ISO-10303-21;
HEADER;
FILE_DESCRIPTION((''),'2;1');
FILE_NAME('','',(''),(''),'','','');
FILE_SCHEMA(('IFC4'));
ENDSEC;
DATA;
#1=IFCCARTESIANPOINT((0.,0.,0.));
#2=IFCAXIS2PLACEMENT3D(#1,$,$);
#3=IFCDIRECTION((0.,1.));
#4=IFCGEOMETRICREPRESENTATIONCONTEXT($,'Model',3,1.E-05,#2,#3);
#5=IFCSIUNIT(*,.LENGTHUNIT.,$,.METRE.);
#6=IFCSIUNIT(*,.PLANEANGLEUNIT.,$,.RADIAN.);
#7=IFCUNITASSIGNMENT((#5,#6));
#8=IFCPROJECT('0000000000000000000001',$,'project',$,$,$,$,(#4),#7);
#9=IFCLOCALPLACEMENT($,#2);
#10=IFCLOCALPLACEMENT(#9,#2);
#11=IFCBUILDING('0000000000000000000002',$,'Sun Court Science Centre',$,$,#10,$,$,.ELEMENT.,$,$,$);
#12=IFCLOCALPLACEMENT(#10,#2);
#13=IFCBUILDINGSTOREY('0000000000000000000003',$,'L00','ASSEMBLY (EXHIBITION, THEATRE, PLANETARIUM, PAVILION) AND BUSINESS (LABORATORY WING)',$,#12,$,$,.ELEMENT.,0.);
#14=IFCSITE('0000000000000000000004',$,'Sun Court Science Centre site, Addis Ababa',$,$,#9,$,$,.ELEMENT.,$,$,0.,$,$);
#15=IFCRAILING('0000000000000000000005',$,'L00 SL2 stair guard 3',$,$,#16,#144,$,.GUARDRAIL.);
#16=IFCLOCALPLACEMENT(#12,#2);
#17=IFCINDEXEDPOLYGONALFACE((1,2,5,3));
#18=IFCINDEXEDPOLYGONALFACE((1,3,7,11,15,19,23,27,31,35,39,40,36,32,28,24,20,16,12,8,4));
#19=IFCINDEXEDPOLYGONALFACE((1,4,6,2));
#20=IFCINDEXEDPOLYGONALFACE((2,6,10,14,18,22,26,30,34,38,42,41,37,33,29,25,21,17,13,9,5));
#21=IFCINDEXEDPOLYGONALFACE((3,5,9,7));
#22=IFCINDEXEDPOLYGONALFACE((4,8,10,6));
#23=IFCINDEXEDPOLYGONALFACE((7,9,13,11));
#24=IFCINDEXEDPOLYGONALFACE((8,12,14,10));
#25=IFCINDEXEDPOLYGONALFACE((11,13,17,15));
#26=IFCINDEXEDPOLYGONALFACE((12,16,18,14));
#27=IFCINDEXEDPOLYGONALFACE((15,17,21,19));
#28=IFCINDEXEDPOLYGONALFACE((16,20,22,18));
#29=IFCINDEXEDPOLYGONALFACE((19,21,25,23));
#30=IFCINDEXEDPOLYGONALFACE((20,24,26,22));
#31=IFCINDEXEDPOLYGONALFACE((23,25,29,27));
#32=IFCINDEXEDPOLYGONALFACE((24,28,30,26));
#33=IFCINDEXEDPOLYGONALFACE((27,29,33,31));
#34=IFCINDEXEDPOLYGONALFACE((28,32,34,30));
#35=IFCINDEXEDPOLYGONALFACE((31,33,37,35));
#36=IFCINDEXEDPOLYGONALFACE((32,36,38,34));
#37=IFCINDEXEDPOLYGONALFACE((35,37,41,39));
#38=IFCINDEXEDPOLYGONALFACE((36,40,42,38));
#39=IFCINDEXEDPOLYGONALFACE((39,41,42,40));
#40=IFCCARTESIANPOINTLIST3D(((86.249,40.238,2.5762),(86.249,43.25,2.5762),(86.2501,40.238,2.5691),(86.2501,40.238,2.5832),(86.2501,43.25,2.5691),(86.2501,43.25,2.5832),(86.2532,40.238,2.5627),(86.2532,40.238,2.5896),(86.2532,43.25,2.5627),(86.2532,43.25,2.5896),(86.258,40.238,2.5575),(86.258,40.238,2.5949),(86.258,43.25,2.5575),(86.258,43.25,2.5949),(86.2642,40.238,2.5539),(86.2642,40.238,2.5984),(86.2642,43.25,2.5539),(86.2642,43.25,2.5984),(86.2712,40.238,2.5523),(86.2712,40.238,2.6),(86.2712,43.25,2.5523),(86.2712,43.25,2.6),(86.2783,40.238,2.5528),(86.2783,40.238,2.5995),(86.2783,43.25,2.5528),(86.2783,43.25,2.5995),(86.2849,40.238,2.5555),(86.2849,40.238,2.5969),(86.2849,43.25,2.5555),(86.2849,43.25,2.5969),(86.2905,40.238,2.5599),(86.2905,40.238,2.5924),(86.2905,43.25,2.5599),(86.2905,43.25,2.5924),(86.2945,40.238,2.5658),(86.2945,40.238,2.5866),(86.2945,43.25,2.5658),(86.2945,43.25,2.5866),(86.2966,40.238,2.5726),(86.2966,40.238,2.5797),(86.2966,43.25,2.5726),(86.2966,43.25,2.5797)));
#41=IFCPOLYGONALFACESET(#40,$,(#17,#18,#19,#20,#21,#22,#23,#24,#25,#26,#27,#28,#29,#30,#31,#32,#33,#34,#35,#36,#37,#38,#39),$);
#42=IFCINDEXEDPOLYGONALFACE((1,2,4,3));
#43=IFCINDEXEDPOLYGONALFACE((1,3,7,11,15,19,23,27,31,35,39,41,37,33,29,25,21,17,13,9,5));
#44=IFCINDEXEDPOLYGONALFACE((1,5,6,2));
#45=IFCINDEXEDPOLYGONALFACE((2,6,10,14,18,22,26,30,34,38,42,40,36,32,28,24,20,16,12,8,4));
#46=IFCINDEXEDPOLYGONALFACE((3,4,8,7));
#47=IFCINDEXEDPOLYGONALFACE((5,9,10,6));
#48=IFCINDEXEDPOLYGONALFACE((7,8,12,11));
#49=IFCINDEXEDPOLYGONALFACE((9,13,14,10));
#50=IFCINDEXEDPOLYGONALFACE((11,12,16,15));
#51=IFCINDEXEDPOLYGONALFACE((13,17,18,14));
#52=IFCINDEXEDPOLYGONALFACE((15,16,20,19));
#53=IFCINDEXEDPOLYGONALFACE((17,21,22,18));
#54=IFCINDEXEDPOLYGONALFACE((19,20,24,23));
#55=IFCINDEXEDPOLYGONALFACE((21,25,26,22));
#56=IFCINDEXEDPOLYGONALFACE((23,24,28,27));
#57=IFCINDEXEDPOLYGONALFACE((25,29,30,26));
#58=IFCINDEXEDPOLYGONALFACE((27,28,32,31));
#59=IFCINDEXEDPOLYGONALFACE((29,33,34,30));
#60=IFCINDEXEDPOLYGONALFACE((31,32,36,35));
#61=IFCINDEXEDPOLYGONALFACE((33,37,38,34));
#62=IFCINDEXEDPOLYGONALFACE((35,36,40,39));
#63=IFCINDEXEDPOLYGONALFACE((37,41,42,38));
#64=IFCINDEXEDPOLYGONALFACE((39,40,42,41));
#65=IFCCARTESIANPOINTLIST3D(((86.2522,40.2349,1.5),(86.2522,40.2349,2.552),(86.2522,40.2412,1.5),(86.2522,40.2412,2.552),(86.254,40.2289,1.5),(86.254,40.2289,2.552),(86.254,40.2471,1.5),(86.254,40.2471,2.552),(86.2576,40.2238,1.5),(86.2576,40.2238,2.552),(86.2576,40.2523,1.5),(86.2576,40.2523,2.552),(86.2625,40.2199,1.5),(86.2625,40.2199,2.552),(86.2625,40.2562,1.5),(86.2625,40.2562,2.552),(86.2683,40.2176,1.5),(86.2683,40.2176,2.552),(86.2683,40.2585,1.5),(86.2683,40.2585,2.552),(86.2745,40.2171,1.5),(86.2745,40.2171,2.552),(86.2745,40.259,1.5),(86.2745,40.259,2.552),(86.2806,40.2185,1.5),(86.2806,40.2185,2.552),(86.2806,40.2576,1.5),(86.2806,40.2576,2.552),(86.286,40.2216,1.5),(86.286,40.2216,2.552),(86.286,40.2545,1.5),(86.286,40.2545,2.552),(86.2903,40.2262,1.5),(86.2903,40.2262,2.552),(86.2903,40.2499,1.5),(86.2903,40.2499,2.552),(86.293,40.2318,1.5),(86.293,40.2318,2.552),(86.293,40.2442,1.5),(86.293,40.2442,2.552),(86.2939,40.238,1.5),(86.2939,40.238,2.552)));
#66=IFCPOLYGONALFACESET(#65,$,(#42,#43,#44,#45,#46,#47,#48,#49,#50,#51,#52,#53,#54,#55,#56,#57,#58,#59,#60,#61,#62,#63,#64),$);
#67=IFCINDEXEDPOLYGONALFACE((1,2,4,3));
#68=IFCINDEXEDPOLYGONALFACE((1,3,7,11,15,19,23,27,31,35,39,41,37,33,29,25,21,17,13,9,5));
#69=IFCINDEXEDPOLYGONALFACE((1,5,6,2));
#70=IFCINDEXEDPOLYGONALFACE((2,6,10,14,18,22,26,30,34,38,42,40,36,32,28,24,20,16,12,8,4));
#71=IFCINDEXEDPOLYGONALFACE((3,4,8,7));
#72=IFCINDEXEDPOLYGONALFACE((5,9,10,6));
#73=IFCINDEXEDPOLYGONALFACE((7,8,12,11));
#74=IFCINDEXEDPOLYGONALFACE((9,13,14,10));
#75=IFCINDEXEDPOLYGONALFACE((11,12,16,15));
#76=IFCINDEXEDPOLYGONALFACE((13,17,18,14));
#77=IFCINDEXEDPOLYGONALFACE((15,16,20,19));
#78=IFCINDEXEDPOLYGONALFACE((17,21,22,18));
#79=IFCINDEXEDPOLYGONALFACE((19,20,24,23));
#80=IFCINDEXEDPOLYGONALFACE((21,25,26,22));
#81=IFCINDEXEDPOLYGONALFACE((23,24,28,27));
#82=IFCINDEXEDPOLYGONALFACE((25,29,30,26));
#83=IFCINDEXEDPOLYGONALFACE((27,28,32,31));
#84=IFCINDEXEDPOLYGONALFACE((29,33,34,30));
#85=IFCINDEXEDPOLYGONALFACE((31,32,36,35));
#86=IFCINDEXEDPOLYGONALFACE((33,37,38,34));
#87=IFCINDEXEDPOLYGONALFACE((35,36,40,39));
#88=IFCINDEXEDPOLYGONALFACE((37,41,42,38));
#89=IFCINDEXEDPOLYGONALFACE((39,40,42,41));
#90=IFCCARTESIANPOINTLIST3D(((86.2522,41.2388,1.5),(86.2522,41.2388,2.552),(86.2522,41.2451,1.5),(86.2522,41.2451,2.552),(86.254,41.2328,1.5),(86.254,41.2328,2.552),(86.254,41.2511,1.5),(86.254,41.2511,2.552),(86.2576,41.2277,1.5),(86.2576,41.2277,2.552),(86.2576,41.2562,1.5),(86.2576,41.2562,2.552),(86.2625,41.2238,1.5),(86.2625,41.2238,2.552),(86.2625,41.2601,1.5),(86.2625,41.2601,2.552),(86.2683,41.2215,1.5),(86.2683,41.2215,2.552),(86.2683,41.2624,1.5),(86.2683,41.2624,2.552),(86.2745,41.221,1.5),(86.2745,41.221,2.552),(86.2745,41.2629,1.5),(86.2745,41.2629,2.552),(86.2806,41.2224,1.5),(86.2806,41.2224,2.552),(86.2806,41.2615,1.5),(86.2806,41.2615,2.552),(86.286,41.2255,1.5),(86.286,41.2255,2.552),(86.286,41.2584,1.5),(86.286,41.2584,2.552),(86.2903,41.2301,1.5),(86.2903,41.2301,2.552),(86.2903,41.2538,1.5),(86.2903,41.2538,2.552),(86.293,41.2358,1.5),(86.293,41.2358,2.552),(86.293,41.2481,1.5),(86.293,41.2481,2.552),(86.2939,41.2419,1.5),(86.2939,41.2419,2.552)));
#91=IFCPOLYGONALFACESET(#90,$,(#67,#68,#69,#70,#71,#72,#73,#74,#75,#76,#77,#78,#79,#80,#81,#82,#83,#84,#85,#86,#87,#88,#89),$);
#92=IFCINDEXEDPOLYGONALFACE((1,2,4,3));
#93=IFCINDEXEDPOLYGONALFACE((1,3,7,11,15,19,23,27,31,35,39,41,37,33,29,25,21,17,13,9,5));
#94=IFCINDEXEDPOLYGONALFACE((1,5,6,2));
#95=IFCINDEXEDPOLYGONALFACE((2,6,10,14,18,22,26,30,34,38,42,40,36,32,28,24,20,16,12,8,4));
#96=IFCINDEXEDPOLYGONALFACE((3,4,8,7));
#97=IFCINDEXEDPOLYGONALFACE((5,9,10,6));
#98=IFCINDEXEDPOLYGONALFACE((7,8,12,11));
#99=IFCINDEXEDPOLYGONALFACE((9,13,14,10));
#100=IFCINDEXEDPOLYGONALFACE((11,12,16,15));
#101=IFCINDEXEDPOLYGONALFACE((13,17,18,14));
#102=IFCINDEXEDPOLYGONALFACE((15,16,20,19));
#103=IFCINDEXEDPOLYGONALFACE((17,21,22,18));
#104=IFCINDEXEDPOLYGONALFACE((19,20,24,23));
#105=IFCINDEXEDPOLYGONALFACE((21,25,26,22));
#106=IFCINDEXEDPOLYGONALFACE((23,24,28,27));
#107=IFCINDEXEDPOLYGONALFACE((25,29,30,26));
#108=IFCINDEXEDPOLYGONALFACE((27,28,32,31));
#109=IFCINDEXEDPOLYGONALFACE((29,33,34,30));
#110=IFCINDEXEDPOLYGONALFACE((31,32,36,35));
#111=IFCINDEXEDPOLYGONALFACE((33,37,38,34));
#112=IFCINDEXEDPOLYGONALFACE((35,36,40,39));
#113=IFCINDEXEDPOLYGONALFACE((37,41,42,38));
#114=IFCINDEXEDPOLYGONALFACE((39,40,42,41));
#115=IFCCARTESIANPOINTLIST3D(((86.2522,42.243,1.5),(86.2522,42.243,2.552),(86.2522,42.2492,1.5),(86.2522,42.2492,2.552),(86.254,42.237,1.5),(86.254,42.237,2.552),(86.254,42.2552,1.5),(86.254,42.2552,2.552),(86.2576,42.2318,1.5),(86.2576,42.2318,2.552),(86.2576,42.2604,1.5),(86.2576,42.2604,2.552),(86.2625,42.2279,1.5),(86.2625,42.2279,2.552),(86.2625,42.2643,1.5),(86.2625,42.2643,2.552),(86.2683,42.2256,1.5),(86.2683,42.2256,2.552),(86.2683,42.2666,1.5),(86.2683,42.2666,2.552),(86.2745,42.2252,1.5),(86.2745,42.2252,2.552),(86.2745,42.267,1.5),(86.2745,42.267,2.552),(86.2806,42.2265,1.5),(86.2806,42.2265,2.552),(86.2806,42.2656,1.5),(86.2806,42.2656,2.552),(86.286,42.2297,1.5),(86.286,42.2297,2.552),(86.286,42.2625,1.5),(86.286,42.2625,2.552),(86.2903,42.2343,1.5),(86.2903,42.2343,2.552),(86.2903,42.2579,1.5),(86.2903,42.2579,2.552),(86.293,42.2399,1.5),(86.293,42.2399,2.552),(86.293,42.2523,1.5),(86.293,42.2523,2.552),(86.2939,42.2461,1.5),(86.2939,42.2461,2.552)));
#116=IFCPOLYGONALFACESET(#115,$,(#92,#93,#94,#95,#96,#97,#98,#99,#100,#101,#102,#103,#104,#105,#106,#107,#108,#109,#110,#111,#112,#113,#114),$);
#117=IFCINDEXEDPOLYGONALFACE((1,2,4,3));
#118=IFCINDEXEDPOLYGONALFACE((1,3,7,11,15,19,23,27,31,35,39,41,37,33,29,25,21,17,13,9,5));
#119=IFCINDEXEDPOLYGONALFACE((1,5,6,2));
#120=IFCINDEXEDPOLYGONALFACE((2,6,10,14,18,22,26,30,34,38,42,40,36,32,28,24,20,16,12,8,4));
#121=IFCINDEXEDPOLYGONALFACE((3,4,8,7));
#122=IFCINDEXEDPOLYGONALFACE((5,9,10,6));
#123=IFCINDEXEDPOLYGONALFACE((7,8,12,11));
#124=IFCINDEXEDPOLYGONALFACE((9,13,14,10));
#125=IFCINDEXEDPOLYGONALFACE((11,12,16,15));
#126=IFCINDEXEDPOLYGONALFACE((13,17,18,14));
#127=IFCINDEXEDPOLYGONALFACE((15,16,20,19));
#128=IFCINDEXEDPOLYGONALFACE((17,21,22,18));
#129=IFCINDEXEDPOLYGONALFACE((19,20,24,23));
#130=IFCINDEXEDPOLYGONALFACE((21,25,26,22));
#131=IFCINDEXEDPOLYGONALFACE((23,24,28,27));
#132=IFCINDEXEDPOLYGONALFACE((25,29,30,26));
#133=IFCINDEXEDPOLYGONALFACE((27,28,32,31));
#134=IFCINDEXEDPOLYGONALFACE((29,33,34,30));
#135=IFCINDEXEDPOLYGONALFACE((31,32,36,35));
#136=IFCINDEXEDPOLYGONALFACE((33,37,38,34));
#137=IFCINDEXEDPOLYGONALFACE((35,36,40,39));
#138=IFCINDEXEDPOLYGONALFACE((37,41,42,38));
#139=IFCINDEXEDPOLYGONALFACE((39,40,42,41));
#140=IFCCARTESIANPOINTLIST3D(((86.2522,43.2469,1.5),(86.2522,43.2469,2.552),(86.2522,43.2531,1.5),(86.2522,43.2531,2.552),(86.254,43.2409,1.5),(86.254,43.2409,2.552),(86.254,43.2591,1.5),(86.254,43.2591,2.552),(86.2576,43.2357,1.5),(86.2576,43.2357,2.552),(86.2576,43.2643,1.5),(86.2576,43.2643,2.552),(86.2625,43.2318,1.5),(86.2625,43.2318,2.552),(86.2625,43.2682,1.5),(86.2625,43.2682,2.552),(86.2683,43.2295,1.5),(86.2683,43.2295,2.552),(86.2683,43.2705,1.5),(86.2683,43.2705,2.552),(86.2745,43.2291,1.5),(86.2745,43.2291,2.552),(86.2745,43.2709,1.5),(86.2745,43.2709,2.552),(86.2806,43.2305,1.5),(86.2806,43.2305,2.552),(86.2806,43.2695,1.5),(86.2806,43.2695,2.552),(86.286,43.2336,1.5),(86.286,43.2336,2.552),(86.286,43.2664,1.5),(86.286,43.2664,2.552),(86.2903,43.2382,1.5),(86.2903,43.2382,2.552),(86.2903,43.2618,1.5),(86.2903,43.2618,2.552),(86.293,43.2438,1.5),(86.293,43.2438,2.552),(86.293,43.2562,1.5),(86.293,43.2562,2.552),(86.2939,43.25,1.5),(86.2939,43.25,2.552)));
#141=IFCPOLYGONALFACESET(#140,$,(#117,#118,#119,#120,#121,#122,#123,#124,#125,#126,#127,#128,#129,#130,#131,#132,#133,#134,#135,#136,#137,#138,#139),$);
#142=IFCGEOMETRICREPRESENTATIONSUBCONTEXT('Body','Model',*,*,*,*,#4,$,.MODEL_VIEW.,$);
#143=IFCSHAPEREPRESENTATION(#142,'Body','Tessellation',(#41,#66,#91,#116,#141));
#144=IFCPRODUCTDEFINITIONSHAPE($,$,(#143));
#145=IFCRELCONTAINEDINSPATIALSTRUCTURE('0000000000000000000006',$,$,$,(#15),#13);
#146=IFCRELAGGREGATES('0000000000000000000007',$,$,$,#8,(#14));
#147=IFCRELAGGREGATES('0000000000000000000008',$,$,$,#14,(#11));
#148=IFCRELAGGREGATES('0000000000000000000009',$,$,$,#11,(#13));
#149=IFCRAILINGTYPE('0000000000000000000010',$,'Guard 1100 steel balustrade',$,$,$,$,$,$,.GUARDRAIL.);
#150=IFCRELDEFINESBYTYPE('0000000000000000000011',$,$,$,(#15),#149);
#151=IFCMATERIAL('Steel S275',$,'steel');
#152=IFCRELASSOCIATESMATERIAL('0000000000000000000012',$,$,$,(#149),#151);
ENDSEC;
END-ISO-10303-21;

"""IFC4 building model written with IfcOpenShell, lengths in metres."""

from ifc_helpers import new_model, si_unit, direction, frame, origin, origin_2d, place, context, subcontext, project, spatial, circle, extrude, material, type_object, element, save


model = new_model("IFC4")

# Units and contexts
model_context = context("Model", 3, precision=1e-05, world=origin(), true_north=direction((0.0, 1.0)))
body_context = subcontext(model_context, "Body", "Model", "MODEL_VIEW")
ifc_project = project(units=[si_unit("LENGTHUNIT", "METRE"), si_unit("PLANEANGLEUNIT", "RADIAN")], contexts=[model_context])

# Site, building, storey
site_placement = place(None, origin())
site = spatial("IfcSite", under=ifc_project, at=site_placement, Name="Sun Court Science Centre site, Addis Ababa", CompositionType="ELEMENT", RefElevation=0.0)
building_placement = place(site_placement, origin())
building = spatial("IfcBuilding", under=site, at=building_placement, Name="Sun Court Science Centre", CompositionType="ELEMENT")
storey_placement = place(building_placement, origin())
storey = spatial("IfcBuildingStorey", under=building, at=storey_placement, Name="L00", Description="ASSEMBLY (EXHIBITION, THEATRE, PLANETARIUM, PAVILION) AND BUSINESS (LABORATORY WING)", CompositionType="ELEMENT", Elevation=0.0)

# Railing
ifc_material_1 = material(Name="Steel S275", Category="steel")
railing_type = type_object("IfcRailingType", Name="Guard 1100 steel balustrade", PredefinedType="GUARDRAIL", material=ifc_material_1)
for number, where, name in (
    (1, (86.2729, 40.238, 1.5), "L00 SL2 stair guard 3"),
):
    element("IfcRailing", number, at=place(storey_placement, frame(where)), inside=storey, type_object=railing_type, Name=name, PredefinedType="GUARDRAIL", context=body_context, shape_type="SweptSolid", body=[
        extrude(circle(Radius=0.0239, at=origin_2d()), frame((0.0, 0.0, 1.0762), z_axis=(0.0, 1.0, 0.0), x_axis=(-1.0, 0.0, 0.0)), (0.0, 0.0, 1.0), 3.012),
        extrude(circle(Radius=0.021, at=origin_2d()), origin(), (0.0, 0.0, 1.0), 1.052),
        extrude(circle(Radius=0.021, at=origin_2d()), frame((0.0, 1.0039, 0.0)), (0.0, 0.0, 1.0), 1.052),
        extrude(circle(Radius=0.021, at=origin_2d()), frame((0.0, 2.0081, 0.0)), (0.0, 0.0, 1.0), 1.052),
        extrude(circle(Radius=0.021, at=origin_2d()), frame((0.0, 3.012, 0.0)), (0.0, 0.0, 1.0), 1.052),
    ])

save(model, "model.ifc")
